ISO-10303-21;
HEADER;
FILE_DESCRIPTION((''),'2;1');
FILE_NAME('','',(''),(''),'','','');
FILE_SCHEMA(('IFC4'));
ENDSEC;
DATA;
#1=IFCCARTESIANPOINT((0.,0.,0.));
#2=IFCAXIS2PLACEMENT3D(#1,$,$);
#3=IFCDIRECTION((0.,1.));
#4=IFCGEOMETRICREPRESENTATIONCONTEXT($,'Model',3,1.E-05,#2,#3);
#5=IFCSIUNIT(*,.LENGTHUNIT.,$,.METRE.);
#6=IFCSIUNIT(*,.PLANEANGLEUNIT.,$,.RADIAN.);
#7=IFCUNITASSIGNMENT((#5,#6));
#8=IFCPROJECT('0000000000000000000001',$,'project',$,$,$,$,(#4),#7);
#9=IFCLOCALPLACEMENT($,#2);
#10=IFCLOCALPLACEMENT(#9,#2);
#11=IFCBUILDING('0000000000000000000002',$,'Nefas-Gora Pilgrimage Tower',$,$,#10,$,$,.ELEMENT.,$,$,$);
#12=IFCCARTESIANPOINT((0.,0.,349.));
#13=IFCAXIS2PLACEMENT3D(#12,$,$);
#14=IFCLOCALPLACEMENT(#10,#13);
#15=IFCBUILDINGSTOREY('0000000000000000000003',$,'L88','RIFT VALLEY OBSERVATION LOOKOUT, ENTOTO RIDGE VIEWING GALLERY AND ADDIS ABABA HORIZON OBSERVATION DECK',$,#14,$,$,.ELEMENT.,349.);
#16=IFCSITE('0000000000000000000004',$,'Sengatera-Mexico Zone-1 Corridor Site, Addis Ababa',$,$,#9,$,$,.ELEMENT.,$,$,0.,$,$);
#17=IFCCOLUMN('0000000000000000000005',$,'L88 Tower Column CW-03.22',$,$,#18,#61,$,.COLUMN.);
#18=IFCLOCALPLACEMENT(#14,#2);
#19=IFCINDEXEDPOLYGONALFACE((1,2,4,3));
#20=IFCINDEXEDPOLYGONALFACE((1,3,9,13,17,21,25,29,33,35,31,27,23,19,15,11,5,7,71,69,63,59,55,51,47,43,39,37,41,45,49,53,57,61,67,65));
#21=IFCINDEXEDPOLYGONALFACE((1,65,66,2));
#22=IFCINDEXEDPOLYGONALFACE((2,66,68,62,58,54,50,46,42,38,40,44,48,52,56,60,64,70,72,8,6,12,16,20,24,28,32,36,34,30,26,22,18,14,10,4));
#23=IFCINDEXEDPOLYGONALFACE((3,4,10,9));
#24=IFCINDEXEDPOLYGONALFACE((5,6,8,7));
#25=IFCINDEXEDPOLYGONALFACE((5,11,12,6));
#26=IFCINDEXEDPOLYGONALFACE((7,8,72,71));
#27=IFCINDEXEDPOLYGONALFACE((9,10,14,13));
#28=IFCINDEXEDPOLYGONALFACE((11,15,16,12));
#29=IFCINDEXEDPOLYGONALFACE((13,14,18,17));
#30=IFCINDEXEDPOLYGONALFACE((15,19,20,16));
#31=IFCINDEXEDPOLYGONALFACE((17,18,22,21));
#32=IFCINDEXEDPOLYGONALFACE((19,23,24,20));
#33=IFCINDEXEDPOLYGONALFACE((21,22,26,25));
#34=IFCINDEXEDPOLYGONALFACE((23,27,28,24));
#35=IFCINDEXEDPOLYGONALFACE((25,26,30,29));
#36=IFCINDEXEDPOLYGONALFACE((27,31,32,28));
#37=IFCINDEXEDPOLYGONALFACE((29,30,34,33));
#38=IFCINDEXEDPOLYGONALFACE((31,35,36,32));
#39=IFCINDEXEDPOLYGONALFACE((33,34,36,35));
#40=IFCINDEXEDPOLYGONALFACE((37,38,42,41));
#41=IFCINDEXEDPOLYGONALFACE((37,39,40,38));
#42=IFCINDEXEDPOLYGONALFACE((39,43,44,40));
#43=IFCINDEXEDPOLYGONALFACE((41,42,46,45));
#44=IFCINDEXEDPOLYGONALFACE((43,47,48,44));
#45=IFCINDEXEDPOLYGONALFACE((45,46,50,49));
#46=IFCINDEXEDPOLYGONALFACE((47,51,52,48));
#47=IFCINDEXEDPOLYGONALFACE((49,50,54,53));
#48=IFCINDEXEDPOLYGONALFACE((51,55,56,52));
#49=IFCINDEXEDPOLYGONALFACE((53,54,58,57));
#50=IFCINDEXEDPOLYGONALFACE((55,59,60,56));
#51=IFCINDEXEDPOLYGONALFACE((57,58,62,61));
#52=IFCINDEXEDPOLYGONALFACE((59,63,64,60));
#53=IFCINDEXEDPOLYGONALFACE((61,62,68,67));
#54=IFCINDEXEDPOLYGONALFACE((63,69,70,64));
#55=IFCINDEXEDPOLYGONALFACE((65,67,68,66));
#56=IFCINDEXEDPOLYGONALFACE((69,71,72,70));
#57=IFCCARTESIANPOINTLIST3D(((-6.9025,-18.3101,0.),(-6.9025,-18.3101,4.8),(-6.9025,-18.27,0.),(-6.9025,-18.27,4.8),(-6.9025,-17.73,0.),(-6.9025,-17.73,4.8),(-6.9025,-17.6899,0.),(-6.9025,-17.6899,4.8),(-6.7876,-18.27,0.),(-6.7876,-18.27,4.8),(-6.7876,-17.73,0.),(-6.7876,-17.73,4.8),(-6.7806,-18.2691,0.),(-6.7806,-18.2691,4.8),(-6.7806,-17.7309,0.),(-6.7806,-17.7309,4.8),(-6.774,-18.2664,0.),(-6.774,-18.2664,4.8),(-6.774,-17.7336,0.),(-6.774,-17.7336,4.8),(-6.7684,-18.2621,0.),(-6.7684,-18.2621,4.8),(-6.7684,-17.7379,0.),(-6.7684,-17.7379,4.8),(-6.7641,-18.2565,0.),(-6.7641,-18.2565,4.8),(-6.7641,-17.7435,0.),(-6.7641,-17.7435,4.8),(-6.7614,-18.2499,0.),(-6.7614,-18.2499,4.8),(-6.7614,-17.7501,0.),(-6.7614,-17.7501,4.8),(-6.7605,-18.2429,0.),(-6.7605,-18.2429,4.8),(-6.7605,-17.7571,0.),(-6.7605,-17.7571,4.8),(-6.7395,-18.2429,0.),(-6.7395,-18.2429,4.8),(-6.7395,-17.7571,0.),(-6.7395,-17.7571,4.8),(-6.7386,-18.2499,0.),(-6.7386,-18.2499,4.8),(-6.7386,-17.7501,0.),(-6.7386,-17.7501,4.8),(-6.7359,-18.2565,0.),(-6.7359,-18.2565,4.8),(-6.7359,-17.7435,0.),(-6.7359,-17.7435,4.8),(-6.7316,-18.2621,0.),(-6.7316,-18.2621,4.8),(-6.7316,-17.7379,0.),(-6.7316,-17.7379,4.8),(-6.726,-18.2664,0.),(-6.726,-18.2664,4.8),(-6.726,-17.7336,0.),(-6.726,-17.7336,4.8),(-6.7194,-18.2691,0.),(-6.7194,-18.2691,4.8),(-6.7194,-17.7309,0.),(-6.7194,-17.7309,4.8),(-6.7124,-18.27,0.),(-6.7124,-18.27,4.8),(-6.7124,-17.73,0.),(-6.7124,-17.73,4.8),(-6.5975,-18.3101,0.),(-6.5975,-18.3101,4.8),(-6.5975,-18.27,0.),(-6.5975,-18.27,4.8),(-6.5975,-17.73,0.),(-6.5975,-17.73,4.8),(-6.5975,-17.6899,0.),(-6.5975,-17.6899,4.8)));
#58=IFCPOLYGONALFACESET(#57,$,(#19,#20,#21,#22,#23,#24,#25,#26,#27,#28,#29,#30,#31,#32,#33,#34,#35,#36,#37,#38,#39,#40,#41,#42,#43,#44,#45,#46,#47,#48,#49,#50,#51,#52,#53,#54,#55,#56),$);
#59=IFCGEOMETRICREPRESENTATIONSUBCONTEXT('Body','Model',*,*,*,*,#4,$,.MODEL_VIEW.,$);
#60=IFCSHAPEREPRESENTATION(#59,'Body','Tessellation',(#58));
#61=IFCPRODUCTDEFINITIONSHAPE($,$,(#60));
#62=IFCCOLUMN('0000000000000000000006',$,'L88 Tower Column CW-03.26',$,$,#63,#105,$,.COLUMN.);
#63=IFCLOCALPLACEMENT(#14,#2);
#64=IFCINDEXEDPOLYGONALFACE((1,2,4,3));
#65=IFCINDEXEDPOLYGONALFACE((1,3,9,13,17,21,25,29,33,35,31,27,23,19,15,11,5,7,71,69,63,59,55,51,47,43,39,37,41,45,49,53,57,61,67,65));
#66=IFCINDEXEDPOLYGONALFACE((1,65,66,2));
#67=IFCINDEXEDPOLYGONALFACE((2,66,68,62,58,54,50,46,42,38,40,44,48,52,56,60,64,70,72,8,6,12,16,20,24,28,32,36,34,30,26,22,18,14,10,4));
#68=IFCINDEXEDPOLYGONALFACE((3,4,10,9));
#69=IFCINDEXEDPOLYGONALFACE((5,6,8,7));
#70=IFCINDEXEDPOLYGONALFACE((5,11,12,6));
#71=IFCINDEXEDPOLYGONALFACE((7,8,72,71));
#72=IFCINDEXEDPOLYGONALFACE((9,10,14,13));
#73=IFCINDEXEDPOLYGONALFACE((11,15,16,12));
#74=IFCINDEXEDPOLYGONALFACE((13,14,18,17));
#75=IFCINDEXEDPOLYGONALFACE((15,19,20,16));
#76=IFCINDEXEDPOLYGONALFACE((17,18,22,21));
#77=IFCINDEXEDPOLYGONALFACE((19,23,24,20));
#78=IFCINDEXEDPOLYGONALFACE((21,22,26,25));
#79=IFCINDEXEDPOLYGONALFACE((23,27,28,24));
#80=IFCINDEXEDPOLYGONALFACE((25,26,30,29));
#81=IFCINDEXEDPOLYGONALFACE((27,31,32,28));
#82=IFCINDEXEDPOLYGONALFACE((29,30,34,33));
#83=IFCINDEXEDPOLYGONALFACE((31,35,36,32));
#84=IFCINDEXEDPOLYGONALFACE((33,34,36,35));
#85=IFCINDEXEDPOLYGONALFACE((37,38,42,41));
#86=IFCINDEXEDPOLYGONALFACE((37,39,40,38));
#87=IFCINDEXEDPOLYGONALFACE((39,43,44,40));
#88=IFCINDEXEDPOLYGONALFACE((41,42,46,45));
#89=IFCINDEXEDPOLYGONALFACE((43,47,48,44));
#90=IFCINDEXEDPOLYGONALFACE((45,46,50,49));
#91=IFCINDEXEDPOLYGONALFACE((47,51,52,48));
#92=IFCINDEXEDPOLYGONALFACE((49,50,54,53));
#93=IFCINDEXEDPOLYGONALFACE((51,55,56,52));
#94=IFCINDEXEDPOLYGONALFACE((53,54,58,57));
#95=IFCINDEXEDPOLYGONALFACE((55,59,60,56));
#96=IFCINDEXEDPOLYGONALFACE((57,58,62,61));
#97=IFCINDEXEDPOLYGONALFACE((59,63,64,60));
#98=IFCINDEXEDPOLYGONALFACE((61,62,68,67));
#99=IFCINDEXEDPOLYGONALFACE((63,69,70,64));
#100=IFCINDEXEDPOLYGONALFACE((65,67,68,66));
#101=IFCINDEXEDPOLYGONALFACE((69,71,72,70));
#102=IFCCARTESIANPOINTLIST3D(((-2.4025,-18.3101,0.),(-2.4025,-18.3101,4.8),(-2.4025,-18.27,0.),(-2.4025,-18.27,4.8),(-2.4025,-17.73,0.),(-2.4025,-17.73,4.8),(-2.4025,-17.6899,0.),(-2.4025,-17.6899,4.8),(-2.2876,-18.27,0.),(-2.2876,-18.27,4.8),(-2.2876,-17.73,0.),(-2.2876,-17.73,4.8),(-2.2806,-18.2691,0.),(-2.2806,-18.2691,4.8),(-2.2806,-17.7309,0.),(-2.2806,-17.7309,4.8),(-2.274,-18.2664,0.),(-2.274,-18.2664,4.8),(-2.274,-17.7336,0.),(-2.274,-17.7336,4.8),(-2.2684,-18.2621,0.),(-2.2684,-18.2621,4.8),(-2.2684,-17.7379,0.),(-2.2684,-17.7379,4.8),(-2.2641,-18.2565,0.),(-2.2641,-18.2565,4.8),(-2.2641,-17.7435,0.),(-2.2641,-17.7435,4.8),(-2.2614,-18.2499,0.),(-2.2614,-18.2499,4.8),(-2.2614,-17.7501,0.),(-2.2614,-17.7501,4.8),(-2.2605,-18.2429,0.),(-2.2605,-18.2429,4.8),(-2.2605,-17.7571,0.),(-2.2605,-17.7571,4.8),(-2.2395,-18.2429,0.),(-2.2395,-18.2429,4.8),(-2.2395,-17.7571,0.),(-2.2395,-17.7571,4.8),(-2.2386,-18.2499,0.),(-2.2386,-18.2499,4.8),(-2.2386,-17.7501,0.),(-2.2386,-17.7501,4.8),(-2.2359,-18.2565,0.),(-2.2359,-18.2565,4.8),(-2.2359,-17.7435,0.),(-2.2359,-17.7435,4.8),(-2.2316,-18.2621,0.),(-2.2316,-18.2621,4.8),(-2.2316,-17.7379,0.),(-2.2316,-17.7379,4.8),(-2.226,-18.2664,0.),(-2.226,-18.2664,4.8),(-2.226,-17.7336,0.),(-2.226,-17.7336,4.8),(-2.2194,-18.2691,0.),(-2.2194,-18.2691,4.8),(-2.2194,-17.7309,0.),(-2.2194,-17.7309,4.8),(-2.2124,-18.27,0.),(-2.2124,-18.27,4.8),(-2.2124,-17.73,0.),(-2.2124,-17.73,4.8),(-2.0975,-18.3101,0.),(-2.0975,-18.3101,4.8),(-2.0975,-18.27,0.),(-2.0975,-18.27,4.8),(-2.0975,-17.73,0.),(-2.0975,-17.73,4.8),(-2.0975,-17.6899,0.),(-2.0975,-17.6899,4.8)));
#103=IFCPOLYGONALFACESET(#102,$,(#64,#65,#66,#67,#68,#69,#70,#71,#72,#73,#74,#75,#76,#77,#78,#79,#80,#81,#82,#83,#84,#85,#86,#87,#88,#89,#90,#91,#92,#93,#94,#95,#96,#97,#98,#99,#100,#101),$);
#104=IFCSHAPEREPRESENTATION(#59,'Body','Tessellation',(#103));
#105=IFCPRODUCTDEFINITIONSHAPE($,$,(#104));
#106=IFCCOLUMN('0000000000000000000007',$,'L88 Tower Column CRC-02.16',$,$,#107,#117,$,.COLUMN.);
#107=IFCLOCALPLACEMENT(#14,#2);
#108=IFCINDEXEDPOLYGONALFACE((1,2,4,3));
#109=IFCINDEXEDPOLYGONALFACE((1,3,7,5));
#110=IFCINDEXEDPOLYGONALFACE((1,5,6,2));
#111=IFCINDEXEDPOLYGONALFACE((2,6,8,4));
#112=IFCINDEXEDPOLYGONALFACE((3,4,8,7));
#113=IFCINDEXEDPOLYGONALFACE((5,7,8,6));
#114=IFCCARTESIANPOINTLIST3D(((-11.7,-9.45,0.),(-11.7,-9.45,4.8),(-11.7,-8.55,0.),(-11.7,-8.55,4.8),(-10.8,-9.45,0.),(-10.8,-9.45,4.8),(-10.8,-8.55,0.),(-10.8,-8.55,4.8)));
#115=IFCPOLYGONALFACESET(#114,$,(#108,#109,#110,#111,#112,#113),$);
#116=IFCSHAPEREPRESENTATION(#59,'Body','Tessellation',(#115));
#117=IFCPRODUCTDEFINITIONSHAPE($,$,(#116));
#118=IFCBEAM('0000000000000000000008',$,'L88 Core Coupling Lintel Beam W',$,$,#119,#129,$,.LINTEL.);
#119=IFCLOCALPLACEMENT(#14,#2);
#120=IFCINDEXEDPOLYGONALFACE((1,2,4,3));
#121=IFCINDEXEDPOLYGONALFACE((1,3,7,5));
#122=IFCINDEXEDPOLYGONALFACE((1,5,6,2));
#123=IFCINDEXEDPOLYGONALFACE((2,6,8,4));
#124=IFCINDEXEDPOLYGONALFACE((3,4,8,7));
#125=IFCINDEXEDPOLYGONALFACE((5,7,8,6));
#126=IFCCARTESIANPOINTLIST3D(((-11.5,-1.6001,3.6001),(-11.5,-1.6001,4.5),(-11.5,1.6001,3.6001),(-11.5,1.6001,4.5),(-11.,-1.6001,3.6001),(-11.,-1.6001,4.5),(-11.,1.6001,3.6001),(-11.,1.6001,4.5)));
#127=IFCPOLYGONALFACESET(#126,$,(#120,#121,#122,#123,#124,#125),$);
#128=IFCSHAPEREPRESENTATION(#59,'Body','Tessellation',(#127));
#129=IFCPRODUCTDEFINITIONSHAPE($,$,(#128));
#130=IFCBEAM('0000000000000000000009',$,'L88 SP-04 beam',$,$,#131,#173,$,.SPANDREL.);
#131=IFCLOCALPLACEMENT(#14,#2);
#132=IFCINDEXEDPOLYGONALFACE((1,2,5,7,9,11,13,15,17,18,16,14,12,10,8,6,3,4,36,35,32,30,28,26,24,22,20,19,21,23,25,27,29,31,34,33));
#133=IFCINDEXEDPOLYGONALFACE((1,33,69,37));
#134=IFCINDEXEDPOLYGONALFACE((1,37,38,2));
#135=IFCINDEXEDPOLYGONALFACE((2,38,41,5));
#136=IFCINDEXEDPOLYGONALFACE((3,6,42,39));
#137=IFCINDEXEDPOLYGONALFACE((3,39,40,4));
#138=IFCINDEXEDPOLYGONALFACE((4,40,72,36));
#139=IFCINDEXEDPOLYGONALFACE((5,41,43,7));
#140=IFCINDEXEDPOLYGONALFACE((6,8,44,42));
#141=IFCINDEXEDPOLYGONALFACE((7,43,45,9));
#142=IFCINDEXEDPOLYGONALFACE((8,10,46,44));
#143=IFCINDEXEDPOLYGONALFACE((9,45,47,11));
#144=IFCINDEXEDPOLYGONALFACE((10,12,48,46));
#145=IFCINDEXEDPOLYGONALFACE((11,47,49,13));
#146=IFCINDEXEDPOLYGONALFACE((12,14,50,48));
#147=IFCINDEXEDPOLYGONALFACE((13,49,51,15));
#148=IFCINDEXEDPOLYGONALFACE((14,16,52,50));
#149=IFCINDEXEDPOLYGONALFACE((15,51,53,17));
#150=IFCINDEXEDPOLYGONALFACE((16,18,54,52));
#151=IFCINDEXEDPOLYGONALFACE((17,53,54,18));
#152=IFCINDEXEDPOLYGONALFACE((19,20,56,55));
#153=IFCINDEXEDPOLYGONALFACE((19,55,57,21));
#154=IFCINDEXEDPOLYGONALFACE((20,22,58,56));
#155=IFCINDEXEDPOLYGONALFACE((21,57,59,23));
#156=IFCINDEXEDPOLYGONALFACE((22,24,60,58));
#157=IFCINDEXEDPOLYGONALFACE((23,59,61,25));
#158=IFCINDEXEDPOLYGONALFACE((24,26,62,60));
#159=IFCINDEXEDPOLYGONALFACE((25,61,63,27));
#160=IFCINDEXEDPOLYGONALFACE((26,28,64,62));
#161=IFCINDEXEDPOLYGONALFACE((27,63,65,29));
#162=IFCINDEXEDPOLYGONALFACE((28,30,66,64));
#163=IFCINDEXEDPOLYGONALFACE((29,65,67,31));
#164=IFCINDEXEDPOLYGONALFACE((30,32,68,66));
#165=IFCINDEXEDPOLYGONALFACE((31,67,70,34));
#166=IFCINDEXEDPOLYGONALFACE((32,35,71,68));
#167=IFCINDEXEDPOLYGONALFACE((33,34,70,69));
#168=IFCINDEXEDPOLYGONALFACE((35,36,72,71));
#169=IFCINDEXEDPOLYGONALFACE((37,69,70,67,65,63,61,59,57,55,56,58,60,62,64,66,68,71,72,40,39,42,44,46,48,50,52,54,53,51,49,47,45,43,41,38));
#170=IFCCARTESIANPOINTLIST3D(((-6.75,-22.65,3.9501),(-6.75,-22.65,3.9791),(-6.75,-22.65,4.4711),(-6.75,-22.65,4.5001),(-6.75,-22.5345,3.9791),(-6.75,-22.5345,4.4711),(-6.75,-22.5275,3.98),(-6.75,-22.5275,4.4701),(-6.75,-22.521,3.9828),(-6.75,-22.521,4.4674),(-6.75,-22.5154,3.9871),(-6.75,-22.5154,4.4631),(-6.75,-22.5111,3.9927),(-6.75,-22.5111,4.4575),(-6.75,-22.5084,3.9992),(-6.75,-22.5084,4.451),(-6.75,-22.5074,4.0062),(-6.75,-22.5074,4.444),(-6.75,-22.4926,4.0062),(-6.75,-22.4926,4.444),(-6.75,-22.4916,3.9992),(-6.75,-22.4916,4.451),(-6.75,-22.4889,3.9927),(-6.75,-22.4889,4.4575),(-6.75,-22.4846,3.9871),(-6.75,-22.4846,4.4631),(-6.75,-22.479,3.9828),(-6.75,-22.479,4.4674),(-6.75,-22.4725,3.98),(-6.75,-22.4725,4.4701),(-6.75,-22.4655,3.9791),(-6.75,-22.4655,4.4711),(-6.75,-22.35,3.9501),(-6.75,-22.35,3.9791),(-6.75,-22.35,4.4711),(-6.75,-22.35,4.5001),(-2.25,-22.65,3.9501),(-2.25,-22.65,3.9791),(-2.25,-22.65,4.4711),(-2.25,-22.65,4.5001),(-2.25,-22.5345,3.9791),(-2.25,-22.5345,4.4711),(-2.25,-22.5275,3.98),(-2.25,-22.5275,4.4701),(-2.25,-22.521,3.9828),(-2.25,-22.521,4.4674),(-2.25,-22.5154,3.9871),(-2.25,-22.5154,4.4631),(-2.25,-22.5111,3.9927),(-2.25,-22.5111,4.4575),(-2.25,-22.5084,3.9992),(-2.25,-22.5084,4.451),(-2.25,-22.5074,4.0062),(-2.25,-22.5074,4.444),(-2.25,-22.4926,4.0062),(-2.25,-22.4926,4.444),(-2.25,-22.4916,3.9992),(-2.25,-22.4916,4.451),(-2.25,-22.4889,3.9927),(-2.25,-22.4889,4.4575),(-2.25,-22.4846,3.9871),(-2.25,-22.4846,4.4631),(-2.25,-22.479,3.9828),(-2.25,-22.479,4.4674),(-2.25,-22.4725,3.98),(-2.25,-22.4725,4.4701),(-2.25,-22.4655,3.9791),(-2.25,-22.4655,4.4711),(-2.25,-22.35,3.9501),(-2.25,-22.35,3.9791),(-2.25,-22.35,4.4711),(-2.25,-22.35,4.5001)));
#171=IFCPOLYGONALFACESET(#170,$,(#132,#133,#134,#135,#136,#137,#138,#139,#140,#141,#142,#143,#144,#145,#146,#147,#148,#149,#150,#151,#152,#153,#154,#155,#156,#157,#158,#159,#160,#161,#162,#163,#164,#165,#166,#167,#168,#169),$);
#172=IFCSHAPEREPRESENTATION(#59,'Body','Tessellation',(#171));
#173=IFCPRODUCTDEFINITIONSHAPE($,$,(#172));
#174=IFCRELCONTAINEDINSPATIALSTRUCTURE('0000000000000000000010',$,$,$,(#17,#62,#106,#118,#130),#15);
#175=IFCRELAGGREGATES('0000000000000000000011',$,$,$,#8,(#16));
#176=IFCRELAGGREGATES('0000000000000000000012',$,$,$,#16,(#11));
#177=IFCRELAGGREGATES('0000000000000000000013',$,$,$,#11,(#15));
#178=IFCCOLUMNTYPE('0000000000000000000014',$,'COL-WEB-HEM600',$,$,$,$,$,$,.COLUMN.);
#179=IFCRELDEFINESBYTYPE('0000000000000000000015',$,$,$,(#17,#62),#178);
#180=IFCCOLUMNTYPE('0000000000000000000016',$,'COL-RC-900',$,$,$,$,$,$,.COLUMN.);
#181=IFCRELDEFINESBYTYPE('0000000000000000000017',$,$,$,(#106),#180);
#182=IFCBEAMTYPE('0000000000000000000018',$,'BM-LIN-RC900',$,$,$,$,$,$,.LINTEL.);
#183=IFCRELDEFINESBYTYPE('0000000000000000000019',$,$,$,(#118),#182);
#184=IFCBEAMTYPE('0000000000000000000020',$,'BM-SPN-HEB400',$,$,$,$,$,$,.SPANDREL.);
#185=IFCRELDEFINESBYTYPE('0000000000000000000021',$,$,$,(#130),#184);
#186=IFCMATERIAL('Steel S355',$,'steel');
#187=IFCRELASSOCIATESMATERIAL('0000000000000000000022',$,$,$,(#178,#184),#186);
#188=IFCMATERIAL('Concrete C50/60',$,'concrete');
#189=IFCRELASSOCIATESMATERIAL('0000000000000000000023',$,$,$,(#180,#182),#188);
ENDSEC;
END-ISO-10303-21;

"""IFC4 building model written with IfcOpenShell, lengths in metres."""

from ifc_helpers import new_model, si_unit, direction, frame, origin, origin_2d, place, context, subcontext, project, spatial, rectangle, i_section, extrude, source, transform, mapped, material, material_profile, profile_set, type_object, element, save


model = new_model("IFC4")

# Units and contexts
model_context = context("Model", 3, precision=1e-05, world=origin(), true_north=direction((0.0, 1.0)))
body_context = subcontext(model_context, "Body", "Model", "MODEL_VIEW")
ifc_project = project(units=[si_unit("LENGTHUNIT", "METRE"), si_unit("PLANEANGLEUNIT", "RADIAN")], contexts=[model_context])

# Site, building, storey
site_placement = place(None, origin())
site = spatial("IfcSite", under=ifc_project, at=site_placement, Name="Sengatera-Mexico Zone-1 Corridor Site, Addis Ababa", CompositionType="ELEMENT", RefElevation=0.0)
building_placement = place(site_placement, origin())
building = spatial("IfcBuilding", under=site, at=building_placement, Name="Nefas-Gora Pilgrimage Tower", CompositionType="ELEMENT")
storey_placement = place(building_placement, frame((0.0, 0.0, 349.0)))
storey = spatial("IfcBuildingStorey", under=building, at=storey_placement, Name="L88", Description="RIFT VALLEY OBSERVATION LOOKOUT, ENTOTO RIDGE VIEWING GALLERY AND ADDIS ABABA HORIZON OBSERVATION DECK", CompositionType="ELEMENT", Elevation=349.0)

# Columns
ifc_material_1 = material(Name="Steel S355", Category="steel")
ifc_material_profile_1 = material_profile(ifc_material_1, i_section(OverallWidth=0.3049, OverallDepth=0.6201, WebThickness=0.021, FlangeThickness=0.04, FilletRadius=0.0271, at=origin_2d()), Name="HEM 600")
ifc_profile_set_1 = profile_set([ifc_material_profile_1], Name="Steel S355")
column_type_1 = type_object("IfcColumnType", Name="COL-WEB-HEM600", PredefinedType="COLUMN", material=ifc_profile_set_1)
shared_shape_1 = source(origin(), body_context, "Body", "SweptSolid", [
    extrude(i_section(OverallWidth=0.3049, OverallDepth=0.6201, WebThickness=0.021, FlangeThickness=0.04, FilletRadius=0.0271, at=origin_2d()), origin(), (0.0, 0.0, 1.0), 4.8),
])
for number, where, z_axis, x_axis, name in (
    (1, (-6.75, -18.0, 0.0), (0.0, 0.0, 1.0), (1.0, 0.0, 0.0), "L88 Tower Column CW-03.22"),
    (2, (-2.25, -18.0, 0.0), (0.0, 0.0, 1.0), (1.0, 0.0, 0.0), "L88 Tower Column CW-03.26"),
):
    element("IfcColumn", number, at=place(storey_placement, frame(where, z_axis=z_axis, x_axis=x_axis)), inside=storey, type_object=column_type_1, Name=name, PredefinedType="COLUMN", context=body_context, shape_type="MappedRepresentation", body=[
        mapped(shared_shape_1, transform((0.0, 0.0, 0.0), x_axis=(1.0, 0.0, 0.0), y_axis=(0.0, 1.0, 0.0), z_axis=(0.0, 0.0, 1.0), scale=1.0)),
    ])
ifc_material_2 = material(Name="Concrete C50/60", Category="concrete")
ifc_material_profile_2 = material_profile(ifc_material_2, rectangle(XDim=0.8999, YDim=0.8999, at=origin_2d()), Name="RC 900x900")
ifc_profile_set_2 = profile_set([ifc_material_profile_2], Name="Concrete C50/60")
column_type_2 = type_object("IfcColumnType", Name="COL-RC-900", PredefinedType="COLUMN", material=ifc_profile_set_2)
shared_shape_2 = source(origin(), body_context, "Body", "SweptSolid", [
    extrude(rectangle(XDim=0.8999, YDim=0.8999, at=origin_2d()), origin(), (0.0, 0.0, 1.0), 4.8),
])
column_placement = place(storey_placement, frame((-11.25, -9.0, 0.0), z_axis=(0.0, 0.0, 1.0), x_axis=(1.0, 0.0, 0.0)))
element("IfcColumn", 3, at=column_placement, inside=storey, type_object=column_type_2, Name="L88 Tower Column CRC-02.16", PredefinedType="COLUMN", context=body_context, shape_type="MappedRepresentation", body=[
    mapped(shared_shape_2, transform((0.0, 0.0, 0.0), x_axis=(1.0, 0.0, 0.0), y_axis=(0.0, 1.0, 0.0), z_axis=(0.0, 0.0, 1.0), scale=1.0)),
])

# Beams
ifc_material_profile_3 = material_profile(ifc_material_2, rectangle(XDim=0.5, YDim=0.8999, at=origin_2d()), Name="RC 500x900")
ifc_profile_set_3 = profile_set([ifc_material_profile_3], Name="Concrete C50/60")
beam_type_1 = type_object("IfcBeamType", Name="BM-LIN-RC900", PredefinedType="LINTEL", material=ifc_profile_set_3)
shared_shape_3 = source(origin(), body_context, "Body", "SweptSolid", [
    extrude(rectangle(XDim=0.5, YDim=0.8999, at=origin_2d()), origin(), (0.0, 0.0, 1.0), 3.2002),
])
beam_placement = place(storey_placement, frame((-11.25, -1.6001, 4.05), z_axis=(0.0, 1.0, 0.0), x_axis=(-1.0, 0.0, 0.0)))
element("IfcBeam", 4, at=beam_placement, inside=storey, type_object=beam_type_1, Name="L88 Core Coupling Lintel Beam W", PredefinedType="LINTEL", context=body_context, shape_type="MappedRepresentation", body=[
    mapped(shared_shape_3, transform((0.0, 0.0, 0.0), x_axis=(1.0, 0.0, 0.0), y_axis=(0.0, 1.0, 0.0), z_axis=(0.0, 0.0, 1.0), scale=1.0)),
])
ifc_material_profile_4 = material_profile(ifc_material_1, i_section(OverallWidth=0.3, OverallDepth=0.55, WebThickness=0.0149, FlangeThickness=0.0291, FilletRadius=0.0271, at=origin_2d()), Name="HEB 550")
ifc_profile_set_4 = profile_set([ifc_material_profile_4], Name="Steel S355")
beam_type_2 = type_object("IfcBeamType", Name="BM-SPN-HEB400", PredefinedType="SPANDREL", material=ifc_profile_set_4)
shared_shape_4 = source(origin(), body_context, "Body", "SweptSolid", [
    extrude(i_section(OverallWidth=0.3, OverallDepth=0.55, WebThickness=0.0149, FlangeThickness=0.0291, FilletRadius=0.0271, at=origin_2d()), origin(), (0.0, 0.0, 1.0), 4.5),
])
for number, where, z_axis, x_axis, name in (
    (5, (-6.75, -22.5, 4.2251), (1.0, 0.0, 0.0), (0.0, 1.0, 0.0), "L88 SP-04 beam"),
):
    element("IfcBeam", number, at=place(storey_placement, frame(where, z_axis=z_axis, x_axis=x_axis)), inside=storey, type_object=beam_type_2, Name=name, PredefinedType="SPANDREL", context=body_context, shape_type="MappedRepresentation", body=[
        mapped(shared_shape_4, transform((0.0, 0.0, 0.0), x_axis=(1.0, 0.0, 0.0), y_axis=(0.0, 1.0, 0.0), z_axis=(0.0, 0.0, 1.0), scale=1.0)),
    ])

save(model, "model.ifc")
